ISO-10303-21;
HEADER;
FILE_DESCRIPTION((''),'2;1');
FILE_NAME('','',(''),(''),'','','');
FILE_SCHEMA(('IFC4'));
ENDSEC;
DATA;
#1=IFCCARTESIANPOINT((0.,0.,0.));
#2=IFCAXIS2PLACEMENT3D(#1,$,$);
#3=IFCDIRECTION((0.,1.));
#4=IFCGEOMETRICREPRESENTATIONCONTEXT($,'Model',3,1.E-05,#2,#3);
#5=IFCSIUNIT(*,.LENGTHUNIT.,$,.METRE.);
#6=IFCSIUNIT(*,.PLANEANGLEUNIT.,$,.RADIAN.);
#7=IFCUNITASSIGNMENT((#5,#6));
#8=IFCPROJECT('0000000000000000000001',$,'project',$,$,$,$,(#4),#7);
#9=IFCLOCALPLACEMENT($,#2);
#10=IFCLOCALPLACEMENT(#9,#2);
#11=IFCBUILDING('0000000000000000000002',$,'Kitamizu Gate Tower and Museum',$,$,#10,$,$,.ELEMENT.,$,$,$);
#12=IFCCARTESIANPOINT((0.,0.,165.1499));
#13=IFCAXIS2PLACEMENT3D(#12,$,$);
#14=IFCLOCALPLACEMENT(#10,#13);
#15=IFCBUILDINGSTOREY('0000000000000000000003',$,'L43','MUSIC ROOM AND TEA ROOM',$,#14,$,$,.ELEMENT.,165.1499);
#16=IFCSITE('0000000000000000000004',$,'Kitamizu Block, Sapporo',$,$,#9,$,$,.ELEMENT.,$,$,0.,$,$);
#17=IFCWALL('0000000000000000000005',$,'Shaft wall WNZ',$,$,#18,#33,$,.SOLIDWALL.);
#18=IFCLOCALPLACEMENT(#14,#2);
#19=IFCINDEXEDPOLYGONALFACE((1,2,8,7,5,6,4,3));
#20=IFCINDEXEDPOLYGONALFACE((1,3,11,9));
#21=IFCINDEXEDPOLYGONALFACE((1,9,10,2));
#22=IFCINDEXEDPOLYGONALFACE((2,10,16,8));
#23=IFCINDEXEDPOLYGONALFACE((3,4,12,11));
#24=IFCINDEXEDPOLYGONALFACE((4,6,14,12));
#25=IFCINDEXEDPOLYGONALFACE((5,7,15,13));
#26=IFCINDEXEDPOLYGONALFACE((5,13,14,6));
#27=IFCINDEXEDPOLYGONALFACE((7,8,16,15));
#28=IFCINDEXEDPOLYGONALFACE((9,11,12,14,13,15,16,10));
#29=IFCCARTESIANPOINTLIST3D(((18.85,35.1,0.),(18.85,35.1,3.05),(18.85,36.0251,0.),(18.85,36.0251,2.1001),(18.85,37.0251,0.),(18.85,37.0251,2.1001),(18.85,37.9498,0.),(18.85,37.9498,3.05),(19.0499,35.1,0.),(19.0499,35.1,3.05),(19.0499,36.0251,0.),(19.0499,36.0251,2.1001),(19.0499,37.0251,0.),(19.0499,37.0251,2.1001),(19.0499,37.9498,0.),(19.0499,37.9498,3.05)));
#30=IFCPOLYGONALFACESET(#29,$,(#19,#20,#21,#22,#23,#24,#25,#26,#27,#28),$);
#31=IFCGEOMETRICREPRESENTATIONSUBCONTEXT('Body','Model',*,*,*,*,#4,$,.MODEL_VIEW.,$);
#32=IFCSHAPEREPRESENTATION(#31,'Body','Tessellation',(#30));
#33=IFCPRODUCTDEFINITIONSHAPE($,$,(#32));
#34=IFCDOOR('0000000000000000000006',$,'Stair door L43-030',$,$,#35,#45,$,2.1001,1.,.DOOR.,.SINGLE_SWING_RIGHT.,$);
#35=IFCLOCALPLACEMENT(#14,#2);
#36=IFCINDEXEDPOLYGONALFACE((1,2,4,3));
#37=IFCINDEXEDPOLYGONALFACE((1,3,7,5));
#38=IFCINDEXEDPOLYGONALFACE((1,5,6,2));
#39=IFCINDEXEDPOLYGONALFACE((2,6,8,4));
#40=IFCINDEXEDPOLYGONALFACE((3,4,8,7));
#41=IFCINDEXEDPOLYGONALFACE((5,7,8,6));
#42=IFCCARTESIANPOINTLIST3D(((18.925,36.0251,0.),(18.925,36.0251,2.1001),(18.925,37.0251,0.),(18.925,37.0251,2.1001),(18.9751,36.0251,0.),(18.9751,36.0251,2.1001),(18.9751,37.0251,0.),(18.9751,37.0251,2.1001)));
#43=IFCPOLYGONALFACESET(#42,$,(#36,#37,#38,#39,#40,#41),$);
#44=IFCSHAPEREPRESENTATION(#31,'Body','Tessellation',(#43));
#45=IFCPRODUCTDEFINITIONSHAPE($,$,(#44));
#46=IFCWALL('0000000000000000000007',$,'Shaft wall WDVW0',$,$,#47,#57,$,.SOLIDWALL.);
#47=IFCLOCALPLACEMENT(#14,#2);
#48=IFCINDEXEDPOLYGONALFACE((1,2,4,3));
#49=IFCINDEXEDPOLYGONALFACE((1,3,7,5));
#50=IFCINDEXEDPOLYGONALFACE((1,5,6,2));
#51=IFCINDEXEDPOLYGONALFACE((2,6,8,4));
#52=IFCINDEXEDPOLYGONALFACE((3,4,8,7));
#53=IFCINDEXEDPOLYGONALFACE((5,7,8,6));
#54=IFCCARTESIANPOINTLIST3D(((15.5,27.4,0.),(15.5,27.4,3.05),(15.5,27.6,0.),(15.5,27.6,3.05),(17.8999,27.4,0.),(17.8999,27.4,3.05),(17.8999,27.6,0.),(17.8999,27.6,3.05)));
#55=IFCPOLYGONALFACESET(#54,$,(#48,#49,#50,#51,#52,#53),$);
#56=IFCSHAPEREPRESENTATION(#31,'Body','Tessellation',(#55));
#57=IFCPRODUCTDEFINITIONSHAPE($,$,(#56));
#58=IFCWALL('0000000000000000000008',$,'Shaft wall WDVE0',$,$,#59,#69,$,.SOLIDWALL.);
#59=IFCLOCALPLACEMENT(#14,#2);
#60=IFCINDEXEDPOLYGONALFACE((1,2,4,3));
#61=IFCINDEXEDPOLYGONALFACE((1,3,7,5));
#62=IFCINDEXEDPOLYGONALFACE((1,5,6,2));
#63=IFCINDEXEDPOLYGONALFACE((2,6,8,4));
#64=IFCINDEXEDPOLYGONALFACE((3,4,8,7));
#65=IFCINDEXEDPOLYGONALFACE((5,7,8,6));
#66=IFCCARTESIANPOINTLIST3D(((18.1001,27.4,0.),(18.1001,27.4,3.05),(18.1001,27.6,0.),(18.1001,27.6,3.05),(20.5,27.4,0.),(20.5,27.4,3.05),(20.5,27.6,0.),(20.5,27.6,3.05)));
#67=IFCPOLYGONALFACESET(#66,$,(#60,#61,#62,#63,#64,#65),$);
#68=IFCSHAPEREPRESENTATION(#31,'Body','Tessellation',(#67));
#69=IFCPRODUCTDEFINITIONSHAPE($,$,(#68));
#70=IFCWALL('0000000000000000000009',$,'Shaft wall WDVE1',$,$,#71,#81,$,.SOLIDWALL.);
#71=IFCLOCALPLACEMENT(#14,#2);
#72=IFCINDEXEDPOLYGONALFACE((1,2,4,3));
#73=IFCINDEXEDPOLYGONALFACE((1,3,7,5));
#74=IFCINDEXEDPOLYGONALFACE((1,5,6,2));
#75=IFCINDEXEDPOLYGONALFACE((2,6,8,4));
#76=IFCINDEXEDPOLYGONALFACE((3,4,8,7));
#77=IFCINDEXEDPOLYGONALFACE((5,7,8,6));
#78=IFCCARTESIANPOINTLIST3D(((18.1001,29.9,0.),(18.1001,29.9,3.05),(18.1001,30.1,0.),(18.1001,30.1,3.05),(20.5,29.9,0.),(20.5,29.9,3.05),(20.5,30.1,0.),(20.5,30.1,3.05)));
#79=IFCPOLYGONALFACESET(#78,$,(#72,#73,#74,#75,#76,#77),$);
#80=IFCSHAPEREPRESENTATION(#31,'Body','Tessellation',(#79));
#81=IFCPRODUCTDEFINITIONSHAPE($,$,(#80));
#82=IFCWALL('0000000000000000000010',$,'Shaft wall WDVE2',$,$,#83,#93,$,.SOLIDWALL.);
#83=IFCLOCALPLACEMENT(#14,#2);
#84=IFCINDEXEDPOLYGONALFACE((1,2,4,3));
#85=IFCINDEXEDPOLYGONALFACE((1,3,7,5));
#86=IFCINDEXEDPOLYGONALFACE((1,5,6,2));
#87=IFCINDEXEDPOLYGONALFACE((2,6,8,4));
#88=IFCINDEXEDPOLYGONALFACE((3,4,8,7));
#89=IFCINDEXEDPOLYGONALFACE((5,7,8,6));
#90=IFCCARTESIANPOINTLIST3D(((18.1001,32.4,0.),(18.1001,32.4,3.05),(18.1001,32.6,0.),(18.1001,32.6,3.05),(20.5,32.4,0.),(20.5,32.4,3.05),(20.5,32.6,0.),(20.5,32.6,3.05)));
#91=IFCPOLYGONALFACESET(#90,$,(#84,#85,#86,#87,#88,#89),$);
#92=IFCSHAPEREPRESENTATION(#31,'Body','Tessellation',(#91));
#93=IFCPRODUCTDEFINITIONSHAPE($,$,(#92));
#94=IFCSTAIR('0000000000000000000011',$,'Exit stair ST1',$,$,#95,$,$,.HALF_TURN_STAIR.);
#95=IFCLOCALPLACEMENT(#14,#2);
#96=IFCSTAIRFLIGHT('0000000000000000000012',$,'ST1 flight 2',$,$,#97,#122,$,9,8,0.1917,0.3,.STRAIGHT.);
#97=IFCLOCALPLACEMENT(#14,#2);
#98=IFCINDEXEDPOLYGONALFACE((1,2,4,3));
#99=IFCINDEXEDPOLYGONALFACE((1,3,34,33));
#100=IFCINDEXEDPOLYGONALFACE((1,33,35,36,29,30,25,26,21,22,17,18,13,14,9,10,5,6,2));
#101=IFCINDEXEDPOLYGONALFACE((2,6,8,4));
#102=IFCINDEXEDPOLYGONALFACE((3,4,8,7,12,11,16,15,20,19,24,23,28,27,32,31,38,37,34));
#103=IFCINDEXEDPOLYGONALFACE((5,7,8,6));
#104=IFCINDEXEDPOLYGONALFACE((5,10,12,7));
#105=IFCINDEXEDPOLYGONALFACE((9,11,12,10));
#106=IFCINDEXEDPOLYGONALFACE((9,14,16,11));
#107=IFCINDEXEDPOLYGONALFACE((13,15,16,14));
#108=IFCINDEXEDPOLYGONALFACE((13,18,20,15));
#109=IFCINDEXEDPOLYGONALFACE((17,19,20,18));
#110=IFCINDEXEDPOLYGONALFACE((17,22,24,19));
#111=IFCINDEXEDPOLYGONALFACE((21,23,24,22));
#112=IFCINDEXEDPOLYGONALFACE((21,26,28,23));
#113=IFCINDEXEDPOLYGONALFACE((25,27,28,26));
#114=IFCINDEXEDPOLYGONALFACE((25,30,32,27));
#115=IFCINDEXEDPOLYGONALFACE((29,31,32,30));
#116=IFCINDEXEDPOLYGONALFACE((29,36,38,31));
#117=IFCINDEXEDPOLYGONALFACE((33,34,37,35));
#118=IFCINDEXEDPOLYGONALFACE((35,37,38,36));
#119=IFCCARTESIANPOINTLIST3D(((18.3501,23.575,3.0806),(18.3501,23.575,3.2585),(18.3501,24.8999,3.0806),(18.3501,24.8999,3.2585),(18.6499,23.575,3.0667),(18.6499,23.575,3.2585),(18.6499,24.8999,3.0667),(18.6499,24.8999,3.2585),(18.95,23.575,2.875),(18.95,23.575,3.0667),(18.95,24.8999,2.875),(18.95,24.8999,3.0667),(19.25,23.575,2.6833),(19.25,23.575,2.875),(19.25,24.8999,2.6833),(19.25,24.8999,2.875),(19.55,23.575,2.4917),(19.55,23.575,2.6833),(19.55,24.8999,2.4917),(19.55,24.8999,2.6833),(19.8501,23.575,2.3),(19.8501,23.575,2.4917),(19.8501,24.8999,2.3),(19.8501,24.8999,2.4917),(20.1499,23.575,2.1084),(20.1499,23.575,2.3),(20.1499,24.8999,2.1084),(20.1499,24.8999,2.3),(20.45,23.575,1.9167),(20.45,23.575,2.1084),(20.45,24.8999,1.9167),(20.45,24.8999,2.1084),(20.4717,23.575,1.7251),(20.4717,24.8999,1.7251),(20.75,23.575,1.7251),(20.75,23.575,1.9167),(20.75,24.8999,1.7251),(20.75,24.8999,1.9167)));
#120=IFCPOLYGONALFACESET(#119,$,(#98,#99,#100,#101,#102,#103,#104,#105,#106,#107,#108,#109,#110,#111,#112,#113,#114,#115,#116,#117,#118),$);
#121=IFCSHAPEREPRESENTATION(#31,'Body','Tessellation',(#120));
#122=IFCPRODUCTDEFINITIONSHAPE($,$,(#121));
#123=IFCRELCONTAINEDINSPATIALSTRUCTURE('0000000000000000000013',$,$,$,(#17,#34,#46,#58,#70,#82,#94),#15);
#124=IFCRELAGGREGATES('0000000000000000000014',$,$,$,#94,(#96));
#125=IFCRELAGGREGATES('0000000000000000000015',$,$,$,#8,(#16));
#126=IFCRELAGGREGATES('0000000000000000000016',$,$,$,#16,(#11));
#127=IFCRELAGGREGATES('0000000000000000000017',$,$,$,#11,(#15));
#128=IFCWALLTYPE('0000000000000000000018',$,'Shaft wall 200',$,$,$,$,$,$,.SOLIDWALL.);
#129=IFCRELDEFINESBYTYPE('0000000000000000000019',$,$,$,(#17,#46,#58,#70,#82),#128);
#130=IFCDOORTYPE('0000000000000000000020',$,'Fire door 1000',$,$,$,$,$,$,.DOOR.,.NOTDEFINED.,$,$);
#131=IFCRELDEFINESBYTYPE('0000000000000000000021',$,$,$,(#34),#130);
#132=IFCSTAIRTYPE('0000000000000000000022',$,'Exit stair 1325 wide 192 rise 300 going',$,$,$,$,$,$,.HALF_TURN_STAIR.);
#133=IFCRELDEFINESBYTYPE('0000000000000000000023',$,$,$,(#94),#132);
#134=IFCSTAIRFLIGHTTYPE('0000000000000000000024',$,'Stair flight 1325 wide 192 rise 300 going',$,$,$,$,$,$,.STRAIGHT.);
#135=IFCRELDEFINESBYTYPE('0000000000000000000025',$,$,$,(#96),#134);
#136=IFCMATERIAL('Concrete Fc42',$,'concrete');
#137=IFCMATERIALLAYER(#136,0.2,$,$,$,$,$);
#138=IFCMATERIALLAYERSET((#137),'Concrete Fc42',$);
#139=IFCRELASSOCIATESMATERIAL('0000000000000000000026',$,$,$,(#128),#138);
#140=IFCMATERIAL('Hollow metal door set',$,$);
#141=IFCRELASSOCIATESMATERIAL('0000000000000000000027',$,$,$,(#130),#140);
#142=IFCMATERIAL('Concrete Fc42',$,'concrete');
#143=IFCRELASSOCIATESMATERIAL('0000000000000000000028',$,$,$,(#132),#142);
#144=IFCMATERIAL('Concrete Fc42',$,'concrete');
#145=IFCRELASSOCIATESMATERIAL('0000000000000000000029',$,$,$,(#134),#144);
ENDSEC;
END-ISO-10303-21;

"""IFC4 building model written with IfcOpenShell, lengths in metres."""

from ifc_helpers import new_model, si_unit, direction, frame, frame_2d, origin, place, context, subcontext, project, spatial, polyline, rectangle, outline, extrude, material, layer, layer_set, type_object, element, fill, aggregate, save


model = new_model("IFC4")

# Units and contexts
model_context = context("Model", 3, precision=1e-05, world=origin(), true_north=direction((0.0, 1.0)))
body_context = subcontext(model_context, "Body", "Model", "MODEL_VIEW")
ifc_project = project(units=[si_unit("LENGTHUNIT", "METRE"), si_unit("PLANEANGLEUNIT", "RADIAN")], contexts=[model_context])

# Site, building, storey
site_placement = place(None, origin())
site = spatial("IfcSite", under=ifc_project, at=site_placement, Name="Kitamizu Block, Sapporo", CompositionType="ELEMENT", RefElevation=0.0)
building_placement = place(site_placement, origin())
building = spatial("IfcBuilding", under=site, at=building_placement, Name="Kitamizu Gate Tower and Museum", CompositionType="ELEMENT")
storey_placement = place(building_placement, frame((0.0, 0.0, 165.1499)))
storey = spatial("IfcBuildingStorey", under=building, at=storey_placement, Name="L43", Description="MUSIC ROOM AND TEA ROOM", CompositionType="ELEMENT", Elevation=165.1499)

# Shared definitions
ifc_material_1 = material(Name="Concrete Fc42", Category="concrete")
ifc_layer = layer(ifc_material_1, 0.2)
ifc_layer_set = layer_set([ifc_layer], Name="Concrete Fc42")
wall_type = type_object("IfcWallType", Name="Shaft wall 200", PredefinedType="SOLIDWALL", material=ifc_layer_set)
ifc_material_2 = material(Name="Hollow metal door set")
door_type_1 = type_object("IfcDoorType", Name="Fire door 1000", OperationType="NOTDEFINED", PredefinedType="DOOR", material=ifc_material_2)

# Wall, opening, door
wall_1_placement = place(storey_placement, frame((18.95, 35.1001, 0.0), z_axis=(0.0, 0.0, 1.0), x_axis=(0.0, 1.0, 0.0)))
wall_1 = element("IfcWall", 1, at=wall_1_placement, inside=storey, type_object=wall_type, Name="Shaft wall WNZ", PredefinedType="SOLIDWALL", context=body_context, shape_type="SweptSolid", body=[
    extrude(rectangle(XDim=2.8499, YDim=0.2, at=frame_2d((1.4248, 0.0))), origin(), (0.0, 0.0, 1.0), 3.05),
])
opening_1_placement = place(wall_1_placement, frame((0.925, 0.0, 0.0)))
opening_1 = element("IfcOpeningElement", 2, at=opening_1_placement, cuts=wall_1, PredefinedType="OPENING", context=body_context, shape_type="SweptSolid", body=[
    extrude(rectangle(XDim=1.0, YDim=2.1001, at=frame_2d((0.5, 1.05))), frame((0.0, 0.1099, 0.0), z_axis=(0.0, -1.0, 0.0), x_axis=(1.0, 0.0, 0.0)), (0.0, 0.0, 1.0), 0.22),
])
door_1_placement = place(opening_1_placement, origin())
door_1 = element("IfcDoor", 3, at=door_1_placement, inside=storey, type_object=door_type_1, Name="Stair door L43-030", OperationType="SINGLE_SWING_RIGHT", OverallHeight=2.1001, OverallWidth=1.0, PredefinedType="DOOR", context=body_context, shape_type="SweptSolid", body=[
    extrude(rectangle(XDim=1.0, YDim=2.1001, at=frame_2d((0.5, 1.05))), frame((0.0, 0.0249, 0.0), z_axis=(0.0, -1.0, 0.0), x_axis=(1.0, 0.0, 0.0)), (0.0, 0.0, 1.0), 0.05),
])
fill(opening_1, door_1)

# Walls
for number, where, z_axis, x_axis, name in (
    (4, (15.5, 27.5, 0.0), (0.0, 0.0, 1.0), (1.0, 0.0, 0.0), "Shaft wall WDVW0"),
    (5, (18.1001, 27.5, 0.0), (0.0, 0.0, 1.0), (1.0, 0.0, 0.0), "Shaft wall WDVE0"),
    (6, (18.1001, 30.0, 0.0), (0.0, 0.0, 1.0), (1.0, 0.0, 0.0), "Shaft wall WDVE1"),
    (7, (18.1001, 32.5, 0.0), (0.0, 0.0, 1.0), (1.0, 0.0, 0.0), "Shaft wall WDVE2"),
):
    element("IfcWall", number, at=place(storey_placement, frame(where, z_axis=z_axis, x_axis=x_axis)), inside=storey, type_object=wall_type, Name=name, PredefinedType="SOLIDWALL", context=body_context, shape_type="SweptSolid", body=[
        extrude(rectangle(XDim=2.3999, YDim=0.2, at=frame_2d((1.2, 0.0))), origin(), (0.0, 0.0, 1.0), 3.05),
    ])

# Stair, stair flight
ifc_material_3 = material(Name="Concrete Fc42", Category="concrete")
stair_type = type_object("IfcStairType", Name="Exit stair 1325 wide 192 rise 300 going", PredefinedType="HALF_TURN_STAIR", material=ifc_material_3)
stair_placement = place(storey_placement, origin())
stair = element("IfcStair", 8, at=stair_placement, inside=storey, type_object=stair_type, Name="Exit stair ST1", PredefinedType="HALF_TURN_STAIR")
ifc_material_4 = material(Name="Concrete Fc42", Category="concrete")
stair_flight_type = type_object("IfcStairFlightType", Name="Stair flight 1325 wide 192 rise 300 going", PredefinedType="STRAIGHT", material=ifc_material_4)
stair_flight_placement = place(storey_placement, frame((20.75, 24.2375, 1.7251), z_axis=(0.0, 0.0, 1.0), x_axis=(-1.0, 0.0, 0.0)))
stair_flight = element("IfcStairFlight", 9, at=stair_flight_placement, type_object=stair_flight_type, Name="ST1 flight 2", NumberOfRisers=9, NumberOfTreads=8, PredefinedType="STRAIGHT", RiserHeight=0.1917, TreadLength=0.3, context=body_context, shape_type="SweptSolid", body=[
    extrude(outline(polyline([(0.0, 0.0), (0.0, 0.1917), (0.3, 0.1917), (0.3, 0.3833), (0.6001, 0.3833), (0.6001, 0.575), (0.8999, 0.575), (0.8999, 0.7666), (1.2, 0.7666), (1.2, 0.9583), (1.5, 0.9583), (1.5, 1.1499), (1.8, 1.1499), (1.8, 1.3416), (2.1001, 1.3416), (2.1001, 1.5334), (2.3999, 1.5334), (2.3999, 1.7251), (2.3999, 1.3555), (0.2783, 0.0), (0.0, 0.0)])), frame((0.0, 0.6626, 0.0), z_axis=(0.0, -1.0, 0.0), x_axis=(1.0, 0.0, 0.0)), (0.0, 0.0, 1.0), 1.325),
])
aggregate(stair, [stair_flight])

save(model, "model.ifc")
